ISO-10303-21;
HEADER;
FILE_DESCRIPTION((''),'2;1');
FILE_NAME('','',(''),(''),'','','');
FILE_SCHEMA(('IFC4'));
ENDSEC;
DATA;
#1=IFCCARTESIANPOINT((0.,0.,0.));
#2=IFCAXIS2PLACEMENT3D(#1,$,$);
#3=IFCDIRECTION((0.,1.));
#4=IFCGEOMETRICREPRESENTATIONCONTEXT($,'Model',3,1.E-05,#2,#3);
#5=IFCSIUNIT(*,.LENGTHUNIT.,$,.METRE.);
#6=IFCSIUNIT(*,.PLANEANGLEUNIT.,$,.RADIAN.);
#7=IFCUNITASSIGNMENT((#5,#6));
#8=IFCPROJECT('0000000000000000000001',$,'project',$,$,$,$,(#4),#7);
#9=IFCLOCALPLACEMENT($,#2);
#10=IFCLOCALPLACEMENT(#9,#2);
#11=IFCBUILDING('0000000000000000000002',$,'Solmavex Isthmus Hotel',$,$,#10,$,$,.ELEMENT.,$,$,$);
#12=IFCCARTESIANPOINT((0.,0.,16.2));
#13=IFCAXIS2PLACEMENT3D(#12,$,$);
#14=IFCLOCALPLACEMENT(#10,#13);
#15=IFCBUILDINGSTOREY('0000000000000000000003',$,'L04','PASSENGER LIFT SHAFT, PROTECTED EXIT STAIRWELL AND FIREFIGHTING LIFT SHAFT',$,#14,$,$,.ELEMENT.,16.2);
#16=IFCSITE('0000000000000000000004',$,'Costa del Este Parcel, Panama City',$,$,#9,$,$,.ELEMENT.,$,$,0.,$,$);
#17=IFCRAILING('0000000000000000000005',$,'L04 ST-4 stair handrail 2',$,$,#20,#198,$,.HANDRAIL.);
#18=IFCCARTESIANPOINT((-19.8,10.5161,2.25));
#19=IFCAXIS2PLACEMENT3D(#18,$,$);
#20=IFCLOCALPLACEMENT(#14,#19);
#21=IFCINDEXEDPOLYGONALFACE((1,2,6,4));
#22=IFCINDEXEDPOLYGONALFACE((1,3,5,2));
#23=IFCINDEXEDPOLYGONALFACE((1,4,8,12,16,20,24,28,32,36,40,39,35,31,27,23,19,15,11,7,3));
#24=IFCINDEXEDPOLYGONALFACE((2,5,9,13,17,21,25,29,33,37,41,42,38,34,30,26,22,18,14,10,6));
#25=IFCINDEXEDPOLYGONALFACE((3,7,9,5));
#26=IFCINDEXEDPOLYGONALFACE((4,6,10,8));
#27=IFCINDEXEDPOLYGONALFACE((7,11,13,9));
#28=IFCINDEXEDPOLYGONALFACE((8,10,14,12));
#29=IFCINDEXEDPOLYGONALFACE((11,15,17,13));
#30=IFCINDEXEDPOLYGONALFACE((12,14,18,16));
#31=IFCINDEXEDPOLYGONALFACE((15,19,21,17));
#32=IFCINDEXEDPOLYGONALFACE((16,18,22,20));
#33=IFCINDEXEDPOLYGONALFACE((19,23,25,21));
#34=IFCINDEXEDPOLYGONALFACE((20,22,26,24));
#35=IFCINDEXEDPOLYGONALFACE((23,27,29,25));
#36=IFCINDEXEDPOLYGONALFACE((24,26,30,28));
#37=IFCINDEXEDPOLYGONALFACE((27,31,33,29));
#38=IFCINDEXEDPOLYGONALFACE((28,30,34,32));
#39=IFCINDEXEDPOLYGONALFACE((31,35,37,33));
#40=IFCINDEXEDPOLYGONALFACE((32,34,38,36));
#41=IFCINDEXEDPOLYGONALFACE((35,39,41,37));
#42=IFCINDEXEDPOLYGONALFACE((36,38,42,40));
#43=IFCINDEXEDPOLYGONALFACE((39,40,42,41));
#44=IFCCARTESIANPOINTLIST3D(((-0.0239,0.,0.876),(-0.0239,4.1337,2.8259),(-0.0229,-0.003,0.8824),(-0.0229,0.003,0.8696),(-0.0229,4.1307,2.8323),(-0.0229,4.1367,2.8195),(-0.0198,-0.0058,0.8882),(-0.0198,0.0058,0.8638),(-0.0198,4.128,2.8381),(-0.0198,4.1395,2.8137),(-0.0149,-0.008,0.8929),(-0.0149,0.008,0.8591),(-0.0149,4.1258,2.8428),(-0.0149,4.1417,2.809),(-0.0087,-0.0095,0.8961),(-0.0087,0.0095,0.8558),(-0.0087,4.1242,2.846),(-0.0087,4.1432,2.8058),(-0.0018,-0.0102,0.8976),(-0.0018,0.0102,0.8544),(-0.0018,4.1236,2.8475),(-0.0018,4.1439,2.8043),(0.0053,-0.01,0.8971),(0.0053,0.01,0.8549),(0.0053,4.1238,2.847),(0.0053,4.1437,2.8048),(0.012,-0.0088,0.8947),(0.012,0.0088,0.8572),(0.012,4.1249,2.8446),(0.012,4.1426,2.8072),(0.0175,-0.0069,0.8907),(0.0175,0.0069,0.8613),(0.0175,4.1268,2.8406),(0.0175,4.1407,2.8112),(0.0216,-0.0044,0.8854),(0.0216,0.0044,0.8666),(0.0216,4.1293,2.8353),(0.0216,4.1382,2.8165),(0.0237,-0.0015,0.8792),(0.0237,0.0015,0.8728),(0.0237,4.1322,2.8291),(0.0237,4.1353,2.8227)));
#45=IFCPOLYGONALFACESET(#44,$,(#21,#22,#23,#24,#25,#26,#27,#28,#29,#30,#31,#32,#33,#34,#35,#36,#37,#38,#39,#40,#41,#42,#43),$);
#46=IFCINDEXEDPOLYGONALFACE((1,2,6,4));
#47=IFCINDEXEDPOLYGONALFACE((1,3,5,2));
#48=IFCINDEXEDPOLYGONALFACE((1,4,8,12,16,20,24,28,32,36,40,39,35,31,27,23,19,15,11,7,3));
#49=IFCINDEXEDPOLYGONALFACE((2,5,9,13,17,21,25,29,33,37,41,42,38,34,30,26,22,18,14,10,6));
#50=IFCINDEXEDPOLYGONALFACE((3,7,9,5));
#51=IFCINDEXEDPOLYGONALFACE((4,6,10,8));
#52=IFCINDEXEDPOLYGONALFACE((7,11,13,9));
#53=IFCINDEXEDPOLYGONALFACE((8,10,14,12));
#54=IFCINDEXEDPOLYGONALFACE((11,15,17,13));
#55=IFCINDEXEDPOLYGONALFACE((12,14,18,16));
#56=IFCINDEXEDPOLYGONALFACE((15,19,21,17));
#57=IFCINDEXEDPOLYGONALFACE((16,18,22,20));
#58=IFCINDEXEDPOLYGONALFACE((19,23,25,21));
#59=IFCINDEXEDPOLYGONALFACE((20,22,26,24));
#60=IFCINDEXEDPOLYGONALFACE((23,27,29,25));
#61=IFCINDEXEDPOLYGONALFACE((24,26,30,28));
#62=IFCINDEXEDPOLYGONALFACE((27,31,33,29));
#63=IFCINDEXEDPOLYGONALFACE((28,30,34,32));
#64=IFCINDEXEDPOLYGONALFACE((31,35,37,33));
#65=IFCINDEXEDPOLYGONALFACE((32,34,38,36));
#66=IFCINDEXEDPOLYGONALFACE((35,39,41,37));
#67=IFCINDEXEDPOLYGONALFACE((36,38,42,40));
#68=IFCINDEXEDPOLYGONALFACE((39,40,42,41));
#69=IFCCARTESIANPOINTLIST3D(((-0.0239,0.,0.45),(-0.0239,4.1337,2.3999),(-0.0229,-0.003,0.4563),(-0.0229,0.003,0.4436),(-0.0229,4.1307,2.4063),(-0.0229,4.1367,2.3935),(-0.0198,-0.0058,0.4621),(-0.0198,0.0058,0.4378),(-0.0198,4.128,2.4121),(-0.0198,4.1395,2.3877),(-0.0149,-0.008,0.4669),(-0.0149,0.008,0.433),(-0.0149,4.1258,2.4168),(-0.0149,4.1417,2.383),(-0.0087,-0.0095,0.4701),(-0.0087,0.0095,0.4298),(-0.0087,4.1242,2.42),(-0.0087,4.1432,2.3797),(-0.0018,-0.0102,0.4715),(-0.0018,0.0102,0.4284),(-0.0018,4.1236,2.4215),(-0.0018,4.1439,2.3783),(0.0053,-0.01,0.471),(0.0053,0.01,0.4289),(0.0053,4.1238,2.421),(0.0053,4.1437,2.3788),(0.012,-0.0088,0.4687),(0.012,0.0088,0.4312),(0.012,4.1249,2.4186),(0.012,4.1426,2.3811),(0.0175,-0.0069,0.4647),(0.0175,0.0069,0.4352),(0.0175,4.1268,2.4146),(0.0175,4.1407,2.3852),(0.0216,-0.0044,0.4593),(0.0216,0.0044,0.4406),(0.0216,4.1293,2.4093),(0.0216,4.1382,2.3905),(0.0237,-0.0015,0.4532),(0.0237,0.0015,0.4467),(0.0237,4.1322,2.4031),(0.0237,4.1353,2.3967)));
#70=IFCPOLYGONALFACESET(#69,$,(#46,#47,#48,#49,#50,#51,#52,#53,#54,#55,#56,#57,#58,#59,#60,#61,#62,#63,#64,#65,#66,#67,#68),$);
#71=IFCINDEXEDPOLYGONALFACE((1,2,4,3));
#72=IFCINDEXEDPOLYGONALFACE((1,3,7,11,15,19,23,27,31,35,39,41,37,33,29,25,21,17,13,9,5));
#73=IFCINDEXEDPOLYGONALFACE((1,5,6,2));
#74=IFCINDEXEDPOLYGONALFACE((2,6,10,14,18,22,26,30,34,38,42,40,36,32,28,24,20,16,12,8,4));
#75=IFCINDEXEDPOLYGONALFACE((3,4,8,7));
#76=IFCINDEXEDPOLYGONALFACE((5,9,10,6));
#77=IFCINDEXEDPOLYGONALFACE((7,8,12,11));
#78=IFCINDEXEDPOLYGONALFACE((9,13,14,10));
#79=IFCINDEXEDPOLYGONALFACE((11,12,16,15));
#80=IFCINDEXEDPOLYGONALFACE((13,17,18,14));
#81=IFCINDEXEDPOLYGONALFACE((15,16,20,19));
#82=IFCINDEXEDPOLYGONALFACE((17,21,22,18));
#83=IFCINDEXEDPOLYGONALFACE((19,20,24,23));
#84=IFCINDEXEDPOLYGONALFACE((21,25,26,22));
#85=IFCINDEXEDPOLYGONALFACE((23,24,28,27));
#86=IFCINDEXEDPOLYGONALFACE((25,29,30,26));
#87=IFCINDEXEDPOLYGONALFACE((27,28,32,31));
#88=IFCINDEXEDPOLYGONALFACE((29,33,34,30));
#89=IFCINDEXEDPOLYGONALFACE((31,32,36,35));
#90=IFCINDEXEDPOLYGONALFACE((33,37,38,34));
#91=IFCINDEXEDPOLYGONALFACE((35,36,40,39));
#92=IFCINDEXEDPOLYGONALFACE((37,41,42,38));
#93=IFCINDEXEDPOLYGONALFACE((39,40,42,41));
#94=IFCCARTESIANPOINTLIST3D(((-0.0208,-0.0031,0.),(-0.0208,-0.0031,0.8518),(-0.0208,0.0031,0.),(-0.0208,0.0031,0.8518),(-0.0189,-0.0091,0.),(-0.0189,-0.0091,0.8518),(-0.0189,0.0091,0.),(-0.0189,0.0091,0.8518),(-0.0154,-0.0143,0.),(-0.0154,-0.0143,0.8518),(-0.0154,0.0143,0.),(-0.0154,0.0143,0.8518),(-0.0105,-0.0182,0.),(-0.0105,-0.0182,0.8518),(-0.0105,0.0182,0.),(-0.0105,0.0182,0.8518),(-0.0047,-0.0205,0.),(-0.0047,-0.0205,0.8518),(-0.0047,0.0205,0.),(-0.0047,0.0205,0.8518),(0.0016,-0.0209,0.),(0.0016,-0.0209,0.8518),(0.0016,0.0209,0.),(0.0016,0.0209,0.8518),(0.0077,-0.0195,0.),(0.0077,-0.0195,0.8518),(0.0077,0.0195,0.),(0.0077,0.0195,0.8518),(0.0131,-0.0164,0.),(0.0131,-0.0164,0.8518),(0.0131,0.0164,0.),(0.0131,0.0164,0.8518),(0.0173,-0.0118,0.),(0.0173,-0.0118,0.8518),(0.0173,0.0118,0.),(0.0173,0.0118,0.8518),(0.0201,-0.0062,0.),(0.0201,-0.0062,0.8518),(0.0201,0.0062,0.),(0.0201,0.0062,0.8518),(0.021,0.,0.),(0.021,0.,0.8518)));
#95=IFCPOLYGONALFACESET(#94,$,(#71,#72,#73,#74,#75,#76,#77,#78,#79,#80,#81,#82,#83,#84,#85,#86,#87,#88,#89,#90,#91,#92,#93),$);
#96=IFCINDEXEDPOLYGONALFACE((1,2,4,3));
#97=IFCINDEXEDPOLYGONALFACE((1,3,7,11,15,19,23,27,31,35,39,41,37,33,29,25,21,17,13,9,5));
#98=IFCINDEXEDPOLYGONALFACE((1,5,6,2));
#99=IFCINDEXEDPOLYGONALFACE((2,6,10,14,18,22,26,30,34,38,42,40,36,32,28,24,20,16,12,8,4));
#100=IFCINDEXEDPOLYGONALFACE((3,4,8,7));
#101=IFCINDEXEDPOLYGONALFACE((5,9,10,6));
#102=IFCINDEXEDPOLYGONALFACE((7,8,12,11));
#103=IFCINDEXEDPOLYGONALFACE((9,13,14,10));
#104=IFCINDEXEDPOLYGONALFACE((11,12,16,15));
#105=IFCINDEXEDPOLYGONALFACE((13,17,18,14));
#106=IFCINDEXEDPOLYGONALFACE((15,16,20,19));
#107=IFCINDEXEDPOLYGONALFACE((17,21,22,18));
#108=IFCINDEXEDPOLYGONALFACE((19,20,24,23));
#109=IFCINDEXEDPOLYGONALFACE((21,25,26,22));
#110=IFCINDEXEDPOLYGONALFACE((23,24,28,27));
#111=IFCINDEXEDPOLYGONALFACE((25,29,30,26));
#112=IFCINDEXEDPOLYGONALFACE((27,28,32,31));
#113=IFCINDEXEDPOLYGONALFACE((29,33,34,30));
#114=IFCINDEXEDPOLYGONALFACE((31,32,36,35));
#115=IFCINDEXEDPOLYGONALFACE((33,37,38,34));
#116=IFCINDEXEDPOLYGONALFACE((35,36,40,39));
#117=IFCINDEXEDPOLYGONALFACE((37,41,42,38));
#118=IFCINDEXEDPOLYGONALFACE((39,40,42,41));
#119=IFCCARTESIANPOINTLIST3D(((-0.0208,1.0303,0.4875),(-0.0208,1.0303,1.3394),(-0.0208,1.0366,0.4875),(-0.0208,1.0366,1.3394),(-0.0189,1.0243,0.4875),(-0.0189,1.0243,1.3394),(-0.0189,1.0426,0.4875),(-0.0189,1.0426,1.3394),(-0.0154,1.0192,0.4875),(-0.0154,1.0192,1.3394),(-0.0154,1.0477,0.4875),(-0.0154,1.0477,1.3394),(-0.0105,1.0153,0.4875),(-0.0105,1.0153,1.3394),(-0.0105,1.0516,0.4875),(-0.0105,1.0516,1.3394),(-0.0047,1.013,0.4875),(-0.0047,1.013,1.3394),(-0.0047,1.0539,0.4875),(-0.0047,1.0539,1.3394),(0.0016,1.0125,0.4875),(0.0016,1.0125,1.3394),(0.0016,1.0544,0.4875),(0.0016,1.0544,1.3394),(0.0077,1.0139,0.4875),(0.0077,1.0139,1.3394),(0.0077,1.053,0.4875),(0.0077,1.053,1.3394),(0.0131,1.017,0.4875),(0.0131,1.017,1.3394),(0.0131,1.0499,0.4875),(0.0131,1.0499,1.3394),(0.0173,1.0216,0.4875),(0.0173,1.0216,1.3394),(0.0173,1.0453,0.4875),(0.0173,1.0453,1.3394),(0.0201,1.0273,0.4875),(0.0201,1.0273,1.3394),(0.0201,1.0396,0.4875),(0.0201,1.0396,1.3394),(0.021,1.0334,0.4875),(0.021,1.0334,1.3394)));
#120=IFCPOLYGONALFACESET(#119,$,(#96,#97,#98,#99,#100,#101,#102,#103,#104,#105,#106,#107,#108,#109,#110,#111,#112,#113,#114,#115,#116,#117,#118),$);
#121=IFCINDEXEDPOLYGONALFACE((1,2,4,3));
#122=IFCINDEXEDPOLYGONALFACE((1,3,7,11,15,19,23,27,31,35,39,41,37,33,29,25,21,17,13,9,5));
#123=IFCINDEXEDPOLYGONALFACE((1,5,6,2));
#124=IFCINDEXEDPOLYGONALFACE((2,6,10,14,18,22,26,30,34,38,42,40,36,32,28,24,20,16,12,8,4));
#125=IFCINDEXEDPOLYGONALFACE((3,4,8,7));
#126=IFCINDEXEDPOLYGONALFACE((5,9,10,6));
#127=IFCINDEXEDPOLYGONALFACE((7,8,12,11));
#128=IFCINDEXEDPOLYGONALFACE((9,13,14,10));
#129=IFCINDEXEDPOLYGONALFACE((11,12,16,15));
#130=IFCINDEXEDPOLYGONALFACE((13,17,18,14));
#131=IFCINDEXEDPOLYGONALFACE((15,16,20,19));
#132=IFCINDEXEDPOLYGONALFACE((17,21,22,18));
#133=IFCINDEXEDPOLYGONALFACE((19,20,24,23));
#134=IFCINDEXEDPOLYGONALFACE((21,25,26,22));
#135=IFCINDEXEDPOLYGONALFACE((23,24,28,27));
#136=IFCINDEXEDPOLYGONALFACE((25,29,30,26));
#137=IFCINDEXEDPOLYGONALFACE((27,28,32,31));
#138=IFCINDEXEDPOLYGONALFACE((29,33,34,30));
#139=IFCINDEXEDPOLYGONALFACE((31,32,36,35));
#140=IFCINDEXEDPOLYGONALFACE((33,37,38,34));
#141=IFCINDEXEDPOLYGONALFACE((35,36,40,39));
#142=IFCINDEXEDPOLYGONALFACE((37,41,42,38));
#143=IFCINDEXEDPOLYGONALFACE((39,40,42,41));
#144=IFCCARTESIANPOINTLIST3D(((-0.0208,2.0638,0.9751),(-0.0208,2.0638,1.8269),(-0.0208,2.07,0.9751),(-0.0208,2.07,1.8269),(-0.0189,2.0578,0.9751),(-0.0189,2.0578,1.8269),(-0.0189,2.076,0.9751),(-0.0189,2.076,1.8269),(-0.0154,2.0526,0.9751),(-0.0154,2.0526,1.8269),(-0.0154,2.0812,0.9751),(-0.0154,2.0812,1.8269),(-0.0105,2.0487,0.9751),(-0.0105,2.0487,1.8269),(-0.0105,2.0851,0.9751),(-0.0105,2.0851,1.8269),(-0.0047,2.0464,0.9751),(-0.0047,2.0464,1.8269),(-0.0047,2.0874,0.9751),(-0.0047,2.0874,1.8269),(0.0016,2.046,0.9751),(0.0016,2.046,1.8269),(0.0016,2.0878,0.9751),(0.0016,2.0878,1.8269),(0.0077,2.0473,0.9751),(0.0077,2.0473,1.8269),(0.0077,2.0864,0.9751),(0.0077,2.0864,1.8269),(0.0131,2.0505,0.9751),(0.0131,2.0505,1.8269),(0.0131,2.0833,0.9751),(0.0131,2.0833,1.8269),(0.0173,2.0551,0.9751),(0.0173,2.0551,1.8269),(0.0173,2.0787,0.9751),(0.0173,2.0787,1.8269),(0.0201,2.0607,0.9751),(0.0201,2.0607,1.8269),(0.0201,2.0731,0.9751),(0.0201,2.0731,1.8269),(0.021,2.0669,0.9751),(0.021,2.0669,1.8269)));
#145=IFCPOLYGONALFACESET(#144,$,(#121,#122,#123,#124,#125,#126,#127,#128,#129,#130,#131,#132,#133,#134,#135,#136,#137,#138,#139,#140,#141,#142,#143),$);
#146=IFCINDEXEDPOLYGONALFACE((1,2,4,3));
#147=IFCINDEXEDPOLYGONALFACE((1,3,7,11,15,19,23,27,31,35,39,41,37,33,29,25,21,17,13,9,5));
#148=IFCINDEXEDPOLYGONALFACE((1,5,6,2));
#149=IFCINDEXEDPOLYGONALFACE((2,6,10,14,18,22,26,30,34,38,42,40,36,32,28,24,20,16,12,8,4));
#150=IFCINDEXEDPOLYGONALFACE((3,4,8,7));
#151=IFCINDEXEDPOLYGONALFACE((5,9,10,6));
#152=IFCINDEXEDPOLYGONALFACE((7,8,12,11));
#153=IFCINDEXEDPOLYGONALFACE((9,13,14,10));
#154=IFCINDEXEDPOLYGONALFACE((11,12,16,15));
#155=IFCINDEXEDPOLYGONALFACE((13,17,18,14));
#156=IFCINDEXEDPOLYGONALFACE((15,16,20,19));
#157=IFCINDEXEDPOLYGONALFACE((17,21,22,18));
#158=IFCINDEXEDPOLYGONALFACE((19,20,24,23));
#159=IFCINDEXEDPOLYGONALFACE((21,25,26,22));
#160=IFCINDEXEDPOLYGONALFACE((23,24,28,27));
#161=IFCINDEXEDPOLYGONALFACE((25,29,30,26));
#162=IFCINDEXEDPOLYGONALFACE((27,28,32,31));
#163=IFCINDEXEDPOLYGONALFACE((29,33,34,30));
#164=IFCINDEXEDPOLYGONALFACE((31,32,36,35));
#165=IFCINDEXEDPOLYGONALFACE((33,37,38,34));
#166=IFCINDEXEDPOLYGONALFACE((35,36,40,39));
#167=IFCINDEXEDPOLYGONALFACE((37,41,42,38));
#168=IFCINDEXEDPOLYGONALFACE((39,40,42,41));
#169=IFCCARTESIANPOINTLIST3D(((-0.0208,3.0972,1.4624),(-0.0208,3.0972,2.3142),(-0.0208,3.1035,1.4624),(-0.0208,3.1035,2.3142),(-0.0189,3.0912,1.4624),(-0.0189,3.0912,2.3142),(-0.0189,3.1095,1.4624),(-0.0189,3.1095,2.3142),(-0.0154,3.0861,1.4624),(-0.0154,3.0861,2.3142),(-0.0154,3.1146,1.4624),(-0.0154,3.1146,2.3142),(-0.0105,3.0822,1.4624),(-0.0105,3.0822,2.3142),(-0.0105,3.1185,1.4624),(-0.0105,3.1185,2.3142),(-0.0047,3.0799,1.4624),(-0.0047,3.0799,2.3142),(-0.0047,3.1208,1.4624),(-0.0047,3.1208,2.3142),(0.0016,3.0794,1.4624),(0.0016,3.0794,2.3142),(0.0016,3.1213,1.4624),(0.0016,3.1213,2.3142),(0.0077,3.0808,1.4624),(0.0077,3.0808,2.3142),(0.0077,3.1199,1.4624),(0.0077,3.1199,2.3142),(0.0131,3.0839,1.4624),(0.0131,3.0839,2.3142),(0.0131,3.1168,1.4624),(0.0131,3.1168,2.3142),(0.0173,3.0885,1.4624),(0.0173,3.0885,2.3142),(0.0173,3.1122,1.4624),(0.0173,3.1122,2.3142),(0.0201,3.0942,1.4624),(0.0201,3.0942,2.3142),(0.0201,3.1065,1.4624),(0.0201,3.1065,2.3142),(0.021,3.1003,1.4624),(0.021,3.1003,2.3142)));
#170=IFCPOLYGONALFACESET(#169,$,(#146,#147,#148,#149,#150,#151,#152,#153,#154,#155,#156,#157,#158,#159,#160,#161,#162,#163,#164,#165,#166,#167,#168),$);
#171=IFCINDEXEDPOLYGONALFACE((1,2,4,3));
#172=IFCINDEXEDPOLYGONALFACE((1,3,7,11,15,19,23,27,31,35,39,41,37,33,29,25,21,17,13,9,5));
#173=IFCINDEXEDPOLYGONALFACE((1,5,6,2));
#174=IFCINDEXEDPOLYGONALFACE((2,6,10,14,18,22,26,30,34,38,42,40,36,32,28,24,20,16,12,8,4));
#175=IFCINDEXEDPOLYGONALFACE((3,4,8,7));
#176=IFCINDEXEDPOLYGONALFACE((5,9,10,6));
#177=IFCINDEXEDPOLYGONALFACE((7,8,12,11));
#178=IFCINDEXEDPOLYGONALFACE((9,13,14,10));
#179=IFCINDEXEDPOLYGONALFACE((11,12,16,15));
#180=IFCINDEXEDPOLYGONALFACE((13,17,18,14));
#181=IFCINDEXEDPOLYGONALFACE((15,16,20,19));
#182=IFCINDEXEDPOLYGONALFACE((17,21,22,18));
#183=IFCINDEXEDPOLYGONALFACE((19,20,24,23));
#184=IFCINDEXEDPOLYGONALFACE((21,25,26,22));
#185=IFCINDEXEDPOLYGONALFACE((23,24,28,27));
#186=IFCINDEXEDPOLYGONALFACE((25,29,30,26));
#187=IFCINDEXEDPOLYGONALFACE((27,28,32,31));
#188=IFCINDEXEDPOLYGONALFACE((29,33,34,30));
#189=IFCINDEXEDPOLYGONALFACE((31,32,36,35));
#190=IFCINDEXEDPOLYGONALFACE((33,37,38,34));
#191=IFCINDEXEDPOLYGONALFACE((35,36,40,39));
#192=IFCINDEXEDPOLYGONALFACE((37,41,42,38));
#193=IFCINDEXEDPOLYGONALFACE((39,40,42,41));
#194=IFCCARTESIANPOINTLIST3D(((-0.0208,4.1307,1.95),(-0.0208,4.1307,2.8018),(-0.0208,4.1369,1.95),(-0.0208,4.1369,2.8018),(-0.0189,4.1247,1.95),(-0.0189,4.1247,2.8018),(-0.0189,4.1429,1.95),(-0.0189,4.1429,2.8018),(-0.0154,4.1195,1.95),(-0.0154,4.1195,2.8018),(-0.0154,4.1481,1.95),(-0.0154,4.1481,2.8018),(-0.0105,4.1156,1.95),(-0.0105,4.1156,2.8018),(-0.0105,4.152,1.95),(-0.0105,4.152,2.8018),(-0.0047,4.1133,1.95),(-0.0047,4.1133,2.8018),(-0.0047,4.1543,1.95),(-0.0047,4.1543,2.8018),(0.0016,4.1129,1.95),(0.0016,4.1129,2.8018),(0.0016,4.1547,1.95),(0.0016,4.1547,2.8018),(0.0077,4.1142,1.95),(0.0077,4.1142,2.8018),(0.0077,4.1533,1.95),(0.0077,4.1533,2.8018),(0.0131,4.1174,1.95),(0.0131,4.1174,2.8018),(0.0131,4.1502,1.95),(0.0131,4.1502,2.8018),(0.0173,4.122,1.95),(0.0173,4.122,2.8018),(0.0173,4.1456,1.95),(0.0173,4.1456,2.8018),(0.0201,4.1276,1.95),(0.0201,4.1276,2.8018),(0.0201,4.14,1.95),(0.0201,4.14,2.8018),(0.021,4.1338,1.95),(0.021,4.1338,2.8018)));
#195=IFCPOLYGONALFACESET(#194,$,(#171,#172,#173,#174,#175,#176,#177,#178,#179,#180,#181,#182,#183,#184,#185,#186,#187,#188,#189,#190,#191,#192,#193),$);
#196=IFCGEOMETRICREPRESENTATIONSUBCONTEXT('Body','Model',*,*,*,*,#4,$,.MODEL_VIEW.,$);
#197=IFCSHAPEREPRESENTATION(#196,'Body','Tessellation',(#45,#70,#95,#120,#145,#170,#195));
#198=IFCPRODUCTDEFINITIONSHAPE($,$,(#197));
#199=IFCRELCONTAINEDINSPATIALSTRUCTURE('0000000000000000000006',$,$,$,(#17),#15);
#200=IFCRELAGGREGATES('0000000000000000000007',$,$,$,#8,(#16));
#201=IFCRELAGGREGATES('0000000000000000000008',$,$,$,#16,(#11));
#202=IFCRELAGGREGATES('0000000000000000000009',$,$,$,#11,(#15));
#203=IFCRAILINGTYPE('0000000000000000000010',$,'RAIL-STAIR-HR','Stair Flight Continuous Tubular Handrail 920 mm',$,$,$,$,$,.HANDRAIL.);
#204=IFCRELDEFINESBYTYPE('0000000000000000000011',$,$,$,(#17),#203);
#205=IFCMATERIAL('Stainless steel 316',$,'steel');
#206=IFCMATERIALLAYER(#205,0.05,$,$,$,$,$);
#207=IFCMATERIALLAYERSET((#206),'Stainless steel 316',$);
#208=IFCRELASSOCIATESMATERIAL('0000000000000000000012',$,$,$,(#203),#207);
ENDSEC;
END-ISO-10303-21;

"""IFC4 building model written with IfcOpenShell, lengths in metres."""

from ifc_helpers import new_model, si_unit, direction, frame, origin, origin_2d, place, context, subcontext, project, spatial, circle, extrude, material, layer, layer_set, type_object, element, save


model = new_model("IFC4")

# Units and contexts
model_context = context("Model", 3, precision=1e-05, world=origin(), true_north=direction((0.0, 1.0)))
body_context = subcontext(model_context, "Body", "Model", "MODEL_VIEW")
ifc_project = project(units=[si_unit("LENGTHUNIT", "METRE"), si_unit("PLANEANGLEUNIT", "RADIAN")], contexts=[model_context])

# Site, building, storey
site_placement = place(None, origin())
site = spatial("IfcSite", under=ifc_project, at=site_placement, Name="Costa del Este Parcel, Panama City", CompositionType="ELEMENT", RefElevation=0.0)
building_placement = place(site_placement, origin())
building = spatial("IfcBuilding", under=site, at=building_placement, Name="Solmavex Isthmus Hotel", CompositionType="ELEMENT")
storey_placement = place(building_placement, frame((0.0, 0.0, 16.2)))
storey = spatial("IfcBuildingStorey", under=building, at=storey_placement, Name="L04", Description="PASSENGER LIFT SHAFT, PROTECTED EXIT STAIRWELL AND FIREFIGHTING LIFT SHAFT", CompositionType="ELEMENT", Elevation=16.2)

# Railing
ifc_material_1 = material(Name="Stainless steel 316", Category="steel")
ifc_layer_1 = layer(ifc_material_1, 0.05)
ifc_layer_set_1 = layer_set([ifc_layer_1], Name="Stainless steel 316")
railing_type_1 = type_object("IfcRailingType", Name="RAIL-STAIR-HR", Description="Stair Flight Continuous Tubular Handrail 920 mm", PredefinedType="HANDRAIL", material=ifc_layer_set_1)
railing_1_placement = place(storey_placement, frame((-19.8, 10.5161, 2.25)))
element("IfcRailing", 1, at=railing_1_placement, inside=storey, type_object=railing_type_1, Name="L04 ST-4 stair handrail 2", PredefinedType="HANDRAIL", context=body_context, shape_type="SweptSolid", body=[
    extrude(circle(Radius=0.0239, at=origin_2d()), frame((0.0, 0.0, 0.876), z_axis=(0.0, 0.904427, 0.426628), x_axis=(-1.0, 0.0, 0.0)), (0.0, 0.0, 1.0), 4.5706),
    extrude(circle(Radius=0.0239, at=origin_2d()), frame((0.0, 0.0, 0.45), z_axis=(0.0, 0.904427, 0.426628), x_axis=(-1.0, 0.0, 0.0)), (0.0, 0.0, 1.0), 4.5706),
    extrude(circle(Radius=0.021, at=origin_2d()), origin(), (0.0, 0.0, 1.0), 0.8518),
    extrude(circle(Radius=0.021, at=origin_2d()), frame((0.0, 1.0334, 0.4875)), (0.0, 0.0, 1.0), 0.8518),
    extrude(circle(Radius=0.021, at=origin_2d()), frame((0.0, 2.0669, 0.9751)), (0.0, 0.0, 1.0), 0.8518),
    extrude(circle(Radius=0.021, at=origin_2d()), frame((0.0, 3.1003, 1.4624)), (0.0, 0.0, 1.0), 0.8518),
    extrude(circle(Radius=0.021, at=origin_2d()), frame((0.0, 4.1338, 1.95)), (0.0, 0.0, 1.0), 0.8518),
])

save(model, "model.ifc")
